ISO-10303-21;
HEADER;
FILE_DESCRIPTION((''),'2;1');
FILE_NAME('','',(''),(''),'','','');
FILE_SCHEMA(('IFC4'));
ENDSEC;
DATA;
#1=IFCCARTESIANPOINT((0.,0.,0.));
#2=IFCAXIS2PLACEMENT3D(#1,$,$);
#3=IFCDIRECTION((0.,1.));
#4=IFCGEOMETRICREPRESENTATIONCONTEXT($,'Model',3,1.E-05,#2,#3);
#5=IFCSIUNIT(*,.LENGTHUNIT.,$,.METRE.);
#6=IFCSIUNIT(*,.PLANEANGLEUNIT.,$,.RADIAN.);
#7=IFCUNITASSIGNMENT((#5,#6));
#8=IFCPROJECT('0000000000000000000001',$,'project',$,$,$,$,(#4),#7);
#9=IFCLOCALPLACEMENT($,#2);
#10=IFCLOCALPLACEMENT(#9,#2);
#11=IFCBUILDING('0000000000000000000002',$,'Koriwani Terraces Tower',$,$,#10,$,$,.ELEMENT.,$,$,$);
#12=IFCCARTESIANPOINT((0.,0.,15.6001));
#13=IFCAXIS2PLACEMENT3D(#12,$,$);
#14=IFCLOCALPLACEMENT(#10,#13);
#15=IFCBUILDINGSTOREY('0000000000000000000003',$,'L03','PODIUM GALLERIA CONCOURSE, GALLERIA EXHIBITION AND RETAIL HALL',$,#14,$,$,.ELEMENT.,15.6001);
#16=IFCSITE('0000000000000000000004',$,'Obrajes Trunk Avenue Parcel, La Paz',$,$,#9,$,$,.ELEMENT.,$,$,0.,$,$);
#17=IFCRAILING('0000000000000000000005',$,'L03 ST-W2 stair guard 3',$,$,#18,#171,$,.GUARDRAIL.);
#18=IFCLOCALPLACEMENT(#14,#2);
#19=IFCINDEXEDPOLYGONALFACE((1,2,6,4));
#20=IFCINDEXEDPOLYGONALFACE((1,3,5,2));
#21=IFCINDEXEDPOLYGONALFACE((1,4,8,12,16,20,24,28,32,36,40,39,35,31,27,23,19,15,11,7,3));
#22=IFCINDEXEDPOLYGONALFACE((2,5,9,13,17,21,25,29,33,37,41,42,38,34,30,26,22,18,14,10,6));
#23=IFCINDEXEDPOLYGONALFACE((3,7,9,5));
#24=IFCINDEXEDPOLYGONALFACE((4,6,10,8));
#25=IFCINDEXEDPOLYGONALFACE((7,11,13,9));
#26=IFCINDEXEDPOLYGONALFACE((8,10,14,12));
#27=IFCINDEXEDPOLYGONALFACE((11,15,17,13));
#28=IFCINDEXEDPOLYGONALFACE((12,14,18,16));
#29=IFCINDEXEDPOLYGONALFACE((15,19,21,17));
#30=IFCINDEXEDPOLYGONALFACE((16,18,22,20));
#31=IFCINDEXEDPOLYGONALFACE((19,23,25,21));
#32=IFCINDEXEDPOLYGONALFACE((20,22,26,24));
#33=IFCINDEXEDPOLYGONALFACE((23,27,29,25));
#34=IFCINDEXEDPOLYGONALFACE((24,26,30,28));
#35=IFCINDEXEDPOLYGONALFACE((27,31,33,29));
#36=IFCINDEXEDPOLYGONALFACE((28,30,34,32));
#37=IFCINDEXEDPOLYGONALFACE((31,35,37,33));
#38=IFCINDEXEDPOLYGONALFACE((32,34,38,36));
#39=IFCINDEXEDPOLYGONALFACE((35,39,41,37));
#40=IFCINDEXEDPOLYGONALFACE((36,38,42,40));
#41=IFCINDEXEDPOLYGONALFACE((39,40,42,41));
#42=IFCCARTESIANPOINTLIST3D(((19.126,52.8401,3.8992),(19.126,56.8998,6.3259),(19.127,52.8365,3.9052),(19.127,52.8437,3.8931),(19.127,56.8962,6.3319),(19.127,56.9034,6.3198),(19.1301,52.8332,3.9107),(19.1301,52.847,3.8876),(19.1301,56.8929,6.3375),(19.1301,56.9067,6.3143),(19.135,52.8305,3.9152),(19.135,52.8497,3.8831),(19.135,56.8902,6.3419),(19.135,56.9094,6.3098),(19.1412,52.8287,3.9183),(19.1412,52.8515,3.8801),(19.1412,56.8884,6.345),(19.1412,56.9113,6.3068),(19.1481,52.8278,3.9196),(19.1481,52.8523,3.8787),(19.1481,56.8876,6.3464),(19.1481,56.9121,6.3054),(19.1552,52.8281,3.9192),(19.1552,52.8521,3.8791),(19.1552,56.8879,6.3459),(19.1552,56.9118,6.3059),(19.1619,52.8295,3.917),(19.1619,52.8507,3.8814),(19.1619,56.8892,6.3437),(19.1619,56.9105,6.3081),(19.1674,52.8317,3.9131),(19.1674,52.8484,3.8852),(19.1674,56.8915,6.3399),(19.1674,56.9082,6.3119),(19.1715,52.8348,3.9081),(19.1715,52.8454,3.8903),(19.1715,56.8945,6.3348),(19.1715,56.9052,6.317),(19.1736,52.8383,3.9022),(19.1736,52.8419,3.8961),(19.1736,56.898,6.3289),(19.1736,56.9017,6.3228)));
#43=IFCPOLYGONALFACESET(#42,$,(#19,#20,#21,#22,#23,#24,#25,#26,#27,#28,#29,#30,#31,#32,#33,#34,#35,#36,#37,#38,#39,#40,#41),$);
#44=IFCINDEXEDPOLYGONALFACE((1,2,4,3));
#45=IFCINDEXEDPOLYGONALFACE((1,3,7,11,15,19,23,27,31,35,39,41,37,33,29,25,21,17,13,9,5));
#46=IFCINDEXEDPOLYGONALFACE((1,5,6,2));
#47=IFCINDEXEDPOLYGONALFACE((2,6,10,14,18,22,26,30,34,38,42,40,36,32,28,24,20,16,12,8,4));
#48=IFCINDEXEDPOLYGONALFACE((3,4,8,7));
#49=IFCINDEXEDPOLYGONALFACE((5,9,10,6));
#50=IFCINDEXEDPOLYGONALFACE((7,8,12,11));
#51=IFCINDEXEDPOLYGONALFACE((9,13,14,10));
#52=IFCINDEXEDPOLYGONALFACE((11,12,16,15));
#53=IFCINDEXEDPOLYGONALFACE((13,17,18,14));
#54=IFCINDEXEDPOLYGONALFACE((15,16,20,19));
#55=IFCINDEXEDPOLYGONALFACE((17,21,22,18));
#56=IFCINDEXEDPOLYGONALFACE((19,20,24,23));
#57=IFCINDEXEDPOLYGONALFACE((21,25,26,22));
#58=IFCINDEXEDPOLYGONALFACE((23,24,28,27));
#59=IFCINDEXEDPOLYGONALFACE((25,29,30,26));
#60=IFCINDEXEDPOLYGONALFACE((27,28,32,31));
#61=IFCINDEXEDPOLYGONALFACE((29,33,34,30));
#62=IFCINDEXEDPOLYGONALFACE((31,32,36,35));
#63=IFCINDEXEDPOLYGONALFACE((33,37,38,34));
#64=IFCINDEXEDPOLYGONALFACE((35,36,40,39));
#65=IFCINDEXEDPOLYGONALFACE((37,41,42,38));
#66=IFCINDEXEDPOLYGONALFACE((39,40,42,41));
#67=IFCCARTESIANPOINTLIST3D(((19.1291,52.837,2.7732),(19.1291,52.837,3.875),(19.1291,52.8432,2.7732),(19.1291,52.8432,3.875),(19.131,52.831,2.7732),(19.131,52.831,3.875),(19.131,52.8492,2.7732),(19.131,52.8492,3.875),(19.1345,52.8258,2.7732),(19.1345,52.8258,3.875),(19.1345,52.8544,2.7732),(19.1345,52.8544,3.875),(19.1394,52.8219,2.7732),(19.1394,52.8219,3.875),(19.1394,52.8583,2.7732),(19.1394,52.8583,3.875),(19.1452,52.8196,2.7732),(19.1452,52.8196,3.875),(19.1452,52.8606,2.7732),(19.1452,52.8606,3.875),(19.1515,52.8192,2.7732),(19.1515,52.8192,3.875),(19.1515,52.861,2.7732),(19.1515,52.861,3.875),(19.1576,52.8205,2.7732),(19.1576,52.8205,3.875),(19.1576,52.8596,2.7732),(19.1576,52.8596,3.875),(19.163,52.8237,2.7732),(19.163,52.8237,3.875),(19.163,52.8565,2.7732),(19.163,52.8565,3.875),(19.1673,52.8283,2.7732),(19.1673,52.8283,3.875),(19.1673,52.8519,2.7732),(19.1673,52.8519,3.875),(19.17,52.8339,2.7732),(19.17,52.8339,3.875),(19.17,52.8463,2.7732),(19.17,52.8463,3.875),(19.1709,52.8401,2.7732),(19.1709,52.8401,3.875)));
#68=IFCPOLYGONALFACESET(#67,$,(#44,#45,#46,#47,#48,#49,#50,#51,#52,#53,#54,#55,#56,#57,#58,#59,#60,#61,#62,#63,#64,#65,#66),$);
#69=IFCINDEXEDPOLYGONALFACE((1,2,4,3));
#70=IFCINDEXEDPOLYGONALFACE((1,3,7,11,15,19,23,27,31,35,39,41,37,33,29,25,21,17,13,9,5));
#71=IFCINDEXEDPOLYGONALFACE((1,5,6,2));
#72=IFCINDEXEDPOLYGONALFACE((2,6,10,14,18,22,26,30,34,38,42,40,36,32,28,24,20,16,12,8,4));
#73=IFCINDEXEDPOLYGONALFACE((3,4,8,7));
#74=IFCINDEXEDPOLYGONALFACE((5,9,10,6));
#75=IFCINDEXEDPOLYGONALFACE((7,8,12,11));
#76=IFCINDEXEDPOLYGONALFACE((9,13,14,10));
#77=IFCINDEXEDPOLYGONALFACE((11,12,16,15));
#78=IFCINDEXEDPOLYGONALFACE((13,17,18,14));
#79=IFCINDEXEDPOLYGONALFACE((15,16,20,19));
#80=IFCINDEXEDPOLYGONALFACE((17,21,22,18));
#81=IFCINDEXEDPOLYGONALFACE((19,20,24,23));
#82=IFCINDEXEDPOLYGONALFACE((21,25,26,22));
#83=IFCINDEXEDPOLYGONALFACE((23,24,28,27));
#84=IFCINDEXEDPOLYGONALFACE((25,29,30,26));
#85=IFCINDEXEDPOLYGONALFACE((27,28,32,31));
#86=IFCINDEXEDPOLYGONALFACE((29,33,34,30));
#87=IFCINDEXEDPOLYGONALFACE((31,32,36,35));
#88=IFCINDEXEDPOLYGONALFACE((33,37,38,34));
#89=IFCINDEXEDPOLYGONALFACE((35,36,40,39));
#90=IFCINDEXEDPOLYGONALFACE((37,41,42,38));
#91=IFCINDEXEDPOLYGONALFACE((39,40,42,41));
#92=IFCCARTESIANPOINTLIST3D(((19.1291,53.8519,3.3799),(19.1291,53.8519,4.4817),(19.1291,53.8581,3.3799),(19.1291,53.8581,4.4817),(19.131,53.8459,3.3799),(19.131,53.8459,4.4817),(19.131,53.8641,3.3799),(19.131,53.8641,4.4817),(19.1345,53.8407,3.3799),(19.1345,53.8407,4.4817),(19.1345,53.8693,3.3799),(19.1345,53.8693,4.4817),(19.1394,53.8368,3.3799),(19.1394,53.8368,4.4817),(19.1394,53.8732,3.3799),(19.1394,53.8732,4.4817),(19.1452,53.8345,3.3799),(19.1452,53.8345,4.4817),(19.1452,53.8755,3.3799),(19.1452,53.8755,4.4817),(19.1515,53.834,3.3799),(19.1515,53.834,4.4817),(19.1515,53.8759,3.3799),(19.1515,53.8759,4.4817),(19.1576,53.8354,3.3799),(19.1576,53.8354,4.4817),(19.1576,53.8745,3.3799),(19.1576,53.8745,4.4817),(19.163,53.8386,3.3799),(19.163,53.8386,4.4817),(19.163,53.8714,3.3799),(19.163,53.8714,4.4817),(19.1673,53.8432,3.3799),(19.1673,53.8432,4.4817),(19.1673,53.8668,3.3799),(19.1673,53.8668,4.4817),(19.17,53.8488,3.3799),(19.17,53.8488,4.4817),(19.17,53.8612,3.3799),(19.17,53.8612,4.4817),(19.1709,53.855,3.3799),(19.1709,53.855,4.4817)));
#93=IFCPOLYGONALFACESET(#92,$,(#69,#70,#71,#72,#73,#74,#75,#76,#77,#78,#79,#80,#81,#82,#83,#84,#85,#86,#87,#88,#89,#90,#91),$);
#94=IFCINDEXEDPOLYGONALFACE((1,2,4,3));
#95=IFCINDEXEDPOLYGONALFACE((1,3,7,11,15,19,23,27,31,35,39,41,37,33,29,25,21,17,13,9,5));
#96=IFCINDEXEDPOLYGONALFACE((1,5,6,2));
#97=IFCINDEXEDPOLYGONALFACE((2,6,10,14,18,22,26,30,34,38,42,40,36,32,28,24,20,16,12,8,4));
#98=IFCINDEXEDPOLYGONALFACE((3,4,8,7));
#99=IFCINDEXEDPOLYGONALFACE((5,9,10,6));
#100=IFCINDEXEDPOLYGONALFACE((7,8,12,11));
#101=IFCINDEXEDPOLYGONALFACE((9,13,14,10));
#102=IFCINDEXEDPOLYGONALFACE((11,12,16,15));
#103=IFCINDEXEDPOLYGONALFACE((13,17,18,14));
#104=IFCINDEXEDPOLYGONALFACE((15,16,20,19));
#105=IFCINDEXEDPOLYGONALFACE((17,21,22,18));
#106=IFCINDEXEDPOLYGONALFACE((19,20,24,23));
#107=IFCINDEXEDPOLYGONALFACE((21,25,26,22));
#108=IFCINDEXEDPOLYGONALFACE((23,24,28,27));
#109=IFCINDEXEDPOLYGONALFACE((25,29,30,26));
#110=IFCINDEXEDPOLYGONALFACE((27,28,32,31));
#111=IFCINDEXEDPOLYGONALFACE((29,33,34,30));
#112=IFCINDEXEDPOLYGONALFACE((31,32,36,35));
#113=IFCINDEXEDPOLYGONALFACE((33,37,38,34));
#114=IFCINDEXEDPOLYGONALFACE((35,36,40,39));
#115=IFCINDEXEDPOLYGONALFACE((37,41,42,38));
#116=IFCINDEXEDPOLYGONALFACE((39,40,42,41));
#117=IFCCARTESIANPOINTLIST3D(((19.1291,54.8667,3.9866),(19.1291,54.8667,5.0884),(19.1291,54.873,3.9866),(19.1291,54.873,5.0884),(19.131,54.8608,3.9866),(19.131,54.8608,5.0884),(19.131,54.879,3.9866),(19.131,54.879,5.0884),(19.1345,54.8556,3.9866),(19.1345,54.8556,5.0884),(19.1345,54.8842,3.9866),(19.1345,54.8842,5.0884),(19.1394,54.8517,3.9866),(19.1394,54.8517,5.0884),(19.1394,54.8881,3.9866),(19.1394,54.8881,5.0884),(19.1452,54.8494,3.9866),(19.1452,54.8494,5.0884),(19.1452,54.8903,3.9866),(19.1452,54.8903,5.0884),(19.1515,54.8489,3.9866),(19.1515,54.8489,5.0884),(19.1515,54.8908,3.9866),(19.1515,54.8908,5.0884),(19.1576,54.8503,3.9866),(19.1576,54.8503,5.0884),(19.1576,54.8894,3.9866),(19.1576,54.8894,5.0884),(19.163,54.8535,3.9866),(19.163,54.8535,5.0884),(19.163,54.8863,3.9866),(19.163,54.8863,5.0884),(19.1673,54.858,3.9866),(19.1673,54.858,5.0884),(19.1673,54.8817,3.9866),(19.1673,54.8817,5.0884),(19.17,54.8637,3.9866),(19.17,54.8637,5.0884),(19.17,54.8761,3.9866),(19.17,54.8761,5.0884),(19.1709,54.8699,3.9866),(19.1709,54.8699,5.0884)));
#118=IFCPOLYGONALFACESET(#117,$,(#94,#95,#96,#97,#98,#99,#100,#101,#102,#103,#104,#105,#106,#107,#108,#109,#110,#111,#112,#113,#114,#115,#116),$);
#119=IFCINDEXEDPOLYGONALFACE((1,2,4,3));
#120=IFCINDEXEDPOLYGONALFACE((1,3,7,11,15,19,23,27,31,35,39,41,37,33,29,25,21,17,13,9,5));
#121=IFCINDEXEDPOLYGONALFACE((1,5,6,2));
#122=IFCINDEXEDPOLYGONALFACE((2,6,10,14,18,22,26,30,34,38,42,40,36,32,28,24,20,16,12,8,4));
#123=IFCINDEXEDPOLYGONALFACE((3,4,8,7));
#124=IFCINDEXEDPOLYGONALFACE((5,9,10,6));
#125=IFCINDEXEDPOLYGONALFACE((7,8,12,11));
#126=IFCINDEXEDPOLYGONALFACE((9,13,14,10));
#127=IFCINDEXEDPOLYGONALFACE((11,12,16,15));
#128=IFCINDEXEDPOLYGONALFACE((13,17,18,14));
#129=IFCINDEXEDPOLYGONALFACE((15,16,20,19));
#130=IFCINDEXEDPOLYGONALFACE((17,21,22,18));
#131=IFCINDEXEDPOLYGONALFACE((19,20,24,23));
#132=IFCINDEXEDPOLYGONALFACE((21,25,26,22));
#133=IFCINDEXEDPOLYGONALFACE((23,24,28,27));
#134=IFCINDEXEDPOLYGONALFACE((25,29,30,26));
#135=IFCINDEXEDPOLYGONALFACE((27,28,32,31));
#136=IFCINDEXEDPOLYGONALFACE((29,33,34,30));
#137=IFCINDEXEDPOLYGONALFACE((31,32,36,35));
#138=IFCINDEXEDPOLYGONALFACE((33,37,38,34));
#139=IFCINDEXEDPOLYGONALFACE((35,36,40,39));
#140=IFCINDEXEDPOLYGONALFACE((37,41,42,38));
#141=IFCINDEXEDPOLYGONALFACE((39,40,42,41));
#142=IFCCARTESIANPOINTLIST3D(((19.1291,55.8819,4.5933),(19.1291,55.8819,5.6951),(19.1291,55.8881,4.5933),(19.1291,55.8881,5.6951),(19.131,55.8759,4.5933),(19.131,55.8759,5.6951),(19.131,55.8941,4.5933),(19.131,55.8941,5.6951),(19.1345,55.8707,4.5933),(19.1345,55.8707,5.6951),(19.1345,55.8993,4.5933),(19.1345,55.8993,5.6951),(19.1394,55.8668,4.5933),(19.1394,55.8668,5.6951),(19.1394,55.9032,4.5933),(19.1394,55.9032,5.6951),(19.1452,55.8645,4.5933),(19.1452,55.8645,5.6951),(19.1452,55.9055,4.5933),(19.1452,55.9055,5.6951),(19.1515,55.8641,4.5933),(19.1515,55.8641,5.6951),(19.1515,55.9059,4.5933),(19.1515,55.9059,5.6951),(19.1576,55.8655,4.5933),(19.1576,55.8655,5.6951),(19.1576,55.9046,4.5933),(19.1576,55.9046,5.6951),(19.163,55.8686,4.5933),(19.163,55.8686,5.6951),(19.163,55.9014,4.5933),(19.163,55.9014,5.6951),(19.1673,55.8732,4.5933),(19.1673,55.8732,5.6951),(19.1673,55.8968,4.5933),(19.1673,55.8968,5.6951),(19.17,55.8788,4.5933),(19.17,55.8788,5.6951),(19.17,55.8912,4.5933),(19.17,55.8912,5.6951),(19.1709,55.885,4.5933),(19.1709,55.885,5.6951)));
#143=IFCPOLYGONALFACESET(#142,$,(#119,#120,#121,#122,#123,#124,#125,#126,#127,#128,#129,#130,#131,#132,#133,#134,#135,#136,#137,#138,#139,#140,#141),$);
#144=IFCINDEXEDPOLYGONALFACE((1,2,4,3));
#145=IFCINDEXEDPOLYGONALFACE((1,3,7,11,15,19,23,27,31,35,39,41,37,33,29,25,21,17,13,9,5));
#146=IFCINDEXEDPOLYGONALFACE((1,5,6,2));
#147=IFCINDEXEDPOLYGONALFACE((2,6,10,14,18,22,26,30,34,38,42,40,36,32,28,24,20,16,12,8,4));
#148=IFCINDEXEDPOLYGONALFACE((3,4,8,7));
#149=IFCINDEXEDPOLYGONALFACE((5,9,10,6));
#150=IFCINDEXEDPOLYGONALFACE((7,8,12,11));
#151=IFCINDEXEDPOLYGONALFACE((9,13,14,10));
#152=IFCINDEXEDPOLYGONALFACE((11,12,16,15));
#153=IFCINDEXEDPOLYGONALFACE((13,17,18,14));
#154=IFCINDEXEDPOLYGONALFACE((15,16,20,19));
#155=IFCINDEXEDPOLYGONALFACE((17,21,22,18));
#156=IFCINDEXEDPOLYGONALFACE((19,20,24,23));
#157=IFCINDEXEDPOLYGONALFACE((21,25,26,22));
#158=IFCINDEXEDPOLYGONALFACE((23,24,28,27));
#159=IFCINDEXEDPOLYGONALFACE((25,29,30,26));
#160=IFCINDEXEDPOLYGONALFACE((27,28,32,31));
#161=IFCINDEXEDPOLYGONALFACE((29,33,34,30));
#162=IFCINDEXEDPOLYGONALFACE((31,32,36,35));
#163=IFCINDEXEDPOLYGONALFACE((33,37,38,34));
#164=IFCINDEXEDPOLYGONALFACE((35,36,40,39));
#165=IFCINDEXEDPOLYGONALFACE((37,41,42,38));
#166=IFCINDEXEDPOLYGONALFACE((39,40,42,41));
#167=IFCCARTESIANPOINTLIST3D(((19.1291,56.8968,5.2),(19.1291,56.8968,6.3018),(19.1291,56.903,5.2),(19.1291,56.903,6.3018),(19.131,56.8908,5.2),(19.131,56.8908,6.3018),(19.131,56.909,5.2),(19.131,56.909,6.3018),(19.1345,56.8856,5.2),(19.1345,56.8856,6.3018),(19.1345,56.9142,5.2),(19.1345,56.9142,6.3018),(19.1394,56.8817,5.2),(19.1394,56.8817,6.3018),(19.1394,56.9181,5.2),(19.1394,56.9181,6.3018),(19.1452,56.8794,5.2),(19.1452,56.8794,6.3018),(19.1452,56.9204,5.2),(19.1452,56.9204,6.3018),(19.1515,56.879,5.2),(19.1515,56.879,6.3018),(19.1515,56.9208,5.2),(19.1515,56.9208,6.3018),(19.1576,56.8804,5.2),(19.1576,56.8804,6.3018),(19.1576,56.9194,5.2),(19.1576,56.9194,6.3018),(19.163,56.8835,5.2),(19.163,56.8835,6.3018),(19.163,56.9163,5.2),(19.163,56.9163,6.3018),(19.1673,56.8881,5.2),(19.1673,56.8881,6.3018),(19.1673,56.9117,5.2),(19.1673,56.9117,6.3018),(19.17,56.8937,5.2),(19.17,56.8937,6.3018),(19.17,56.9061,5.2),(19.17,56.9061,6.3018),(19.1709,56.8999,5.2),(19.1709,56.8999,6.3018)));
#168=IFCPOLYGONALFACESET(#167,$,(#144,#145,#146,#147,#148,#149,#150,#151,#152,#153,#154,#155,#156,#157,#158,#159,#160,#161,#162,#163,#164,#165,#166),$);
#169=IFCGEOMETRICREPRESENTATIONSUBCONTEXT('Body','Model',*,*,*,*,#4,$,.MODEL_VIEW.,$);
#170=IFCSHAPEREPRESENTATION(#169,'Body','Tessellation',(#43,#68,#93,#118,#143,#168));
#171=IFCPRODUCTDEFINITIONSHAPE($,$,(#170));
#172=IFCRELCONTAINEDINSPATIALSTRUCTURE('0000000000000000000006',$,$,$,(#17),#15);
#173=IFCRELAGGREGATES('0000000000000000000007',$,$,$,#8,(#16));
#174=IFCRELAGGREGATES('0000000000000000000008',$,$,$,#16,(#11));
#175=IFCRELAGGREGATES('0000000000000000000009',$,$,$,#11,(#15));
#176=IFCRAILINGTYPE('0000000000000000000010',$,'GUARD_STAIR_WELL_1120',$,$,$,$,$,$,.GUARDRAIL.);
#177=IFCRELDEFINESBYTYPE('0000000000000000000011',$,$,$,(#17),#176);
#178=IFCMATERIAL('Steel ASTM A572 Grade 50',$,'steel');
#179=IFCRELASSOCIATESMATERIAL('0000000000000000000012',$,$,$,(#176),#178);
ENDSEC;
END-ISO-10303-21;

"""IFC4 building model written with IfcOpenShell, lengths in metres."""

from ifc_helpers import new_model, si_unit, direction, frame, origin, origin_2d, place, context, subcontext, project, spatial, circle, extrude, material, type_object, element, save


model = new_model("IFC4")

# Units and contexts
model_context = context("Model", 3, precision=1e-05, world=origin(), true_north=direction((0.0, 1.0)))
body_context = subcontext(model_context, "Body", "Model", "MODEL_VIEW")
ifc_project = project(units=[si_unit("LENGTHUNIT", "METRE"), si_unit("PLANEANGLEUNIT", "RADIAN")], contexts=[model_context])

# Site, building, storey
site_placement = place(None, origin())
site = spatial("IfcSite", under=ifc_project, at=site_placement, Name="Obrajes Trunk Avenue Parcel, La Paz", CompositionType="ELEMENT", RefElevation=0.0)
building_placement = place(site_placement, origin())
building = spatial("IfcBuilding", under=site, at=building_placement, Name="Koriwani Terraces Tower", CompositionType="ELEMENT")
storey_placement = place(building_placement, frame((0.0, 0.0, 15.6001)))
storey = spatial("IfcBuildingStorey", under=building, at=storey_placement, Name="L03", Description="PODIUM GALLERIA CONCOURSE, GALLERIA EXHIBITION AND RETAIL HALL", CompositionType="ELEMENT", Elevation=15.6001)

# Shared definitions
ifc_material_1 = material(Name="Steel ASTM A572 Grade 50", Category="steel")

# Railing
railing_type_1 = type_object("IfcRailingType", Name="GUARD_STAIR_WELL_1120", PredefinedType="GUARDRAIL", material=ifc_material_1)
railing_1_placement = place(storey_placement, frame((19.1499, 52.8401, 2.7732)))
element("IfcRailing", 1, at=railing_1_placement, inside=storey, type_object=railing_type_1, Name="L03 ST-W2 stair guard 3", PredefinedType="GUARDRAIL", context=body_context, shape_type="SweptSolid", body=[
    extrude(circle(Radius=0.0239, at=origin_2d()), frame((0.0, 0.0, 1.126), z_axis=(0.0, 0.858343, 0.513076), x_axis=(-1.0, 0.0, 0.0)), (0.0, 0.0, 1.0), 4.7297),
    extrude(circle(Radius=0.021, at=origin_2d()), origin(), (0.0, 0.0, 1.0), 1.1018),
    extrude(circle(Radius=0.021, at=origin_2d()), frame((0.0, 1.0149, 0.6067)), (0.0, 0.0, 1.0), 1.1018),
    extrude(circle(Radius=0.021, at=origin_2d()), frame((0.0, 2.0298, 1.2134)), (0.0, 0.0, 1.0), 1.1018),
    extrude(circle(Radius=0.021, at=origin_2d()), frame((0.0, 3.0449, 1.8201)), (0.0, 0.0, 1.0), 1.1018),
    extrude(circle(Radius=0.021, at=origin_2d()), frame((0.0, 4.0598, 2.4268)), (0.0, 0.0, 1.0), 1.1018),
])

save(model, "model.ifc")
